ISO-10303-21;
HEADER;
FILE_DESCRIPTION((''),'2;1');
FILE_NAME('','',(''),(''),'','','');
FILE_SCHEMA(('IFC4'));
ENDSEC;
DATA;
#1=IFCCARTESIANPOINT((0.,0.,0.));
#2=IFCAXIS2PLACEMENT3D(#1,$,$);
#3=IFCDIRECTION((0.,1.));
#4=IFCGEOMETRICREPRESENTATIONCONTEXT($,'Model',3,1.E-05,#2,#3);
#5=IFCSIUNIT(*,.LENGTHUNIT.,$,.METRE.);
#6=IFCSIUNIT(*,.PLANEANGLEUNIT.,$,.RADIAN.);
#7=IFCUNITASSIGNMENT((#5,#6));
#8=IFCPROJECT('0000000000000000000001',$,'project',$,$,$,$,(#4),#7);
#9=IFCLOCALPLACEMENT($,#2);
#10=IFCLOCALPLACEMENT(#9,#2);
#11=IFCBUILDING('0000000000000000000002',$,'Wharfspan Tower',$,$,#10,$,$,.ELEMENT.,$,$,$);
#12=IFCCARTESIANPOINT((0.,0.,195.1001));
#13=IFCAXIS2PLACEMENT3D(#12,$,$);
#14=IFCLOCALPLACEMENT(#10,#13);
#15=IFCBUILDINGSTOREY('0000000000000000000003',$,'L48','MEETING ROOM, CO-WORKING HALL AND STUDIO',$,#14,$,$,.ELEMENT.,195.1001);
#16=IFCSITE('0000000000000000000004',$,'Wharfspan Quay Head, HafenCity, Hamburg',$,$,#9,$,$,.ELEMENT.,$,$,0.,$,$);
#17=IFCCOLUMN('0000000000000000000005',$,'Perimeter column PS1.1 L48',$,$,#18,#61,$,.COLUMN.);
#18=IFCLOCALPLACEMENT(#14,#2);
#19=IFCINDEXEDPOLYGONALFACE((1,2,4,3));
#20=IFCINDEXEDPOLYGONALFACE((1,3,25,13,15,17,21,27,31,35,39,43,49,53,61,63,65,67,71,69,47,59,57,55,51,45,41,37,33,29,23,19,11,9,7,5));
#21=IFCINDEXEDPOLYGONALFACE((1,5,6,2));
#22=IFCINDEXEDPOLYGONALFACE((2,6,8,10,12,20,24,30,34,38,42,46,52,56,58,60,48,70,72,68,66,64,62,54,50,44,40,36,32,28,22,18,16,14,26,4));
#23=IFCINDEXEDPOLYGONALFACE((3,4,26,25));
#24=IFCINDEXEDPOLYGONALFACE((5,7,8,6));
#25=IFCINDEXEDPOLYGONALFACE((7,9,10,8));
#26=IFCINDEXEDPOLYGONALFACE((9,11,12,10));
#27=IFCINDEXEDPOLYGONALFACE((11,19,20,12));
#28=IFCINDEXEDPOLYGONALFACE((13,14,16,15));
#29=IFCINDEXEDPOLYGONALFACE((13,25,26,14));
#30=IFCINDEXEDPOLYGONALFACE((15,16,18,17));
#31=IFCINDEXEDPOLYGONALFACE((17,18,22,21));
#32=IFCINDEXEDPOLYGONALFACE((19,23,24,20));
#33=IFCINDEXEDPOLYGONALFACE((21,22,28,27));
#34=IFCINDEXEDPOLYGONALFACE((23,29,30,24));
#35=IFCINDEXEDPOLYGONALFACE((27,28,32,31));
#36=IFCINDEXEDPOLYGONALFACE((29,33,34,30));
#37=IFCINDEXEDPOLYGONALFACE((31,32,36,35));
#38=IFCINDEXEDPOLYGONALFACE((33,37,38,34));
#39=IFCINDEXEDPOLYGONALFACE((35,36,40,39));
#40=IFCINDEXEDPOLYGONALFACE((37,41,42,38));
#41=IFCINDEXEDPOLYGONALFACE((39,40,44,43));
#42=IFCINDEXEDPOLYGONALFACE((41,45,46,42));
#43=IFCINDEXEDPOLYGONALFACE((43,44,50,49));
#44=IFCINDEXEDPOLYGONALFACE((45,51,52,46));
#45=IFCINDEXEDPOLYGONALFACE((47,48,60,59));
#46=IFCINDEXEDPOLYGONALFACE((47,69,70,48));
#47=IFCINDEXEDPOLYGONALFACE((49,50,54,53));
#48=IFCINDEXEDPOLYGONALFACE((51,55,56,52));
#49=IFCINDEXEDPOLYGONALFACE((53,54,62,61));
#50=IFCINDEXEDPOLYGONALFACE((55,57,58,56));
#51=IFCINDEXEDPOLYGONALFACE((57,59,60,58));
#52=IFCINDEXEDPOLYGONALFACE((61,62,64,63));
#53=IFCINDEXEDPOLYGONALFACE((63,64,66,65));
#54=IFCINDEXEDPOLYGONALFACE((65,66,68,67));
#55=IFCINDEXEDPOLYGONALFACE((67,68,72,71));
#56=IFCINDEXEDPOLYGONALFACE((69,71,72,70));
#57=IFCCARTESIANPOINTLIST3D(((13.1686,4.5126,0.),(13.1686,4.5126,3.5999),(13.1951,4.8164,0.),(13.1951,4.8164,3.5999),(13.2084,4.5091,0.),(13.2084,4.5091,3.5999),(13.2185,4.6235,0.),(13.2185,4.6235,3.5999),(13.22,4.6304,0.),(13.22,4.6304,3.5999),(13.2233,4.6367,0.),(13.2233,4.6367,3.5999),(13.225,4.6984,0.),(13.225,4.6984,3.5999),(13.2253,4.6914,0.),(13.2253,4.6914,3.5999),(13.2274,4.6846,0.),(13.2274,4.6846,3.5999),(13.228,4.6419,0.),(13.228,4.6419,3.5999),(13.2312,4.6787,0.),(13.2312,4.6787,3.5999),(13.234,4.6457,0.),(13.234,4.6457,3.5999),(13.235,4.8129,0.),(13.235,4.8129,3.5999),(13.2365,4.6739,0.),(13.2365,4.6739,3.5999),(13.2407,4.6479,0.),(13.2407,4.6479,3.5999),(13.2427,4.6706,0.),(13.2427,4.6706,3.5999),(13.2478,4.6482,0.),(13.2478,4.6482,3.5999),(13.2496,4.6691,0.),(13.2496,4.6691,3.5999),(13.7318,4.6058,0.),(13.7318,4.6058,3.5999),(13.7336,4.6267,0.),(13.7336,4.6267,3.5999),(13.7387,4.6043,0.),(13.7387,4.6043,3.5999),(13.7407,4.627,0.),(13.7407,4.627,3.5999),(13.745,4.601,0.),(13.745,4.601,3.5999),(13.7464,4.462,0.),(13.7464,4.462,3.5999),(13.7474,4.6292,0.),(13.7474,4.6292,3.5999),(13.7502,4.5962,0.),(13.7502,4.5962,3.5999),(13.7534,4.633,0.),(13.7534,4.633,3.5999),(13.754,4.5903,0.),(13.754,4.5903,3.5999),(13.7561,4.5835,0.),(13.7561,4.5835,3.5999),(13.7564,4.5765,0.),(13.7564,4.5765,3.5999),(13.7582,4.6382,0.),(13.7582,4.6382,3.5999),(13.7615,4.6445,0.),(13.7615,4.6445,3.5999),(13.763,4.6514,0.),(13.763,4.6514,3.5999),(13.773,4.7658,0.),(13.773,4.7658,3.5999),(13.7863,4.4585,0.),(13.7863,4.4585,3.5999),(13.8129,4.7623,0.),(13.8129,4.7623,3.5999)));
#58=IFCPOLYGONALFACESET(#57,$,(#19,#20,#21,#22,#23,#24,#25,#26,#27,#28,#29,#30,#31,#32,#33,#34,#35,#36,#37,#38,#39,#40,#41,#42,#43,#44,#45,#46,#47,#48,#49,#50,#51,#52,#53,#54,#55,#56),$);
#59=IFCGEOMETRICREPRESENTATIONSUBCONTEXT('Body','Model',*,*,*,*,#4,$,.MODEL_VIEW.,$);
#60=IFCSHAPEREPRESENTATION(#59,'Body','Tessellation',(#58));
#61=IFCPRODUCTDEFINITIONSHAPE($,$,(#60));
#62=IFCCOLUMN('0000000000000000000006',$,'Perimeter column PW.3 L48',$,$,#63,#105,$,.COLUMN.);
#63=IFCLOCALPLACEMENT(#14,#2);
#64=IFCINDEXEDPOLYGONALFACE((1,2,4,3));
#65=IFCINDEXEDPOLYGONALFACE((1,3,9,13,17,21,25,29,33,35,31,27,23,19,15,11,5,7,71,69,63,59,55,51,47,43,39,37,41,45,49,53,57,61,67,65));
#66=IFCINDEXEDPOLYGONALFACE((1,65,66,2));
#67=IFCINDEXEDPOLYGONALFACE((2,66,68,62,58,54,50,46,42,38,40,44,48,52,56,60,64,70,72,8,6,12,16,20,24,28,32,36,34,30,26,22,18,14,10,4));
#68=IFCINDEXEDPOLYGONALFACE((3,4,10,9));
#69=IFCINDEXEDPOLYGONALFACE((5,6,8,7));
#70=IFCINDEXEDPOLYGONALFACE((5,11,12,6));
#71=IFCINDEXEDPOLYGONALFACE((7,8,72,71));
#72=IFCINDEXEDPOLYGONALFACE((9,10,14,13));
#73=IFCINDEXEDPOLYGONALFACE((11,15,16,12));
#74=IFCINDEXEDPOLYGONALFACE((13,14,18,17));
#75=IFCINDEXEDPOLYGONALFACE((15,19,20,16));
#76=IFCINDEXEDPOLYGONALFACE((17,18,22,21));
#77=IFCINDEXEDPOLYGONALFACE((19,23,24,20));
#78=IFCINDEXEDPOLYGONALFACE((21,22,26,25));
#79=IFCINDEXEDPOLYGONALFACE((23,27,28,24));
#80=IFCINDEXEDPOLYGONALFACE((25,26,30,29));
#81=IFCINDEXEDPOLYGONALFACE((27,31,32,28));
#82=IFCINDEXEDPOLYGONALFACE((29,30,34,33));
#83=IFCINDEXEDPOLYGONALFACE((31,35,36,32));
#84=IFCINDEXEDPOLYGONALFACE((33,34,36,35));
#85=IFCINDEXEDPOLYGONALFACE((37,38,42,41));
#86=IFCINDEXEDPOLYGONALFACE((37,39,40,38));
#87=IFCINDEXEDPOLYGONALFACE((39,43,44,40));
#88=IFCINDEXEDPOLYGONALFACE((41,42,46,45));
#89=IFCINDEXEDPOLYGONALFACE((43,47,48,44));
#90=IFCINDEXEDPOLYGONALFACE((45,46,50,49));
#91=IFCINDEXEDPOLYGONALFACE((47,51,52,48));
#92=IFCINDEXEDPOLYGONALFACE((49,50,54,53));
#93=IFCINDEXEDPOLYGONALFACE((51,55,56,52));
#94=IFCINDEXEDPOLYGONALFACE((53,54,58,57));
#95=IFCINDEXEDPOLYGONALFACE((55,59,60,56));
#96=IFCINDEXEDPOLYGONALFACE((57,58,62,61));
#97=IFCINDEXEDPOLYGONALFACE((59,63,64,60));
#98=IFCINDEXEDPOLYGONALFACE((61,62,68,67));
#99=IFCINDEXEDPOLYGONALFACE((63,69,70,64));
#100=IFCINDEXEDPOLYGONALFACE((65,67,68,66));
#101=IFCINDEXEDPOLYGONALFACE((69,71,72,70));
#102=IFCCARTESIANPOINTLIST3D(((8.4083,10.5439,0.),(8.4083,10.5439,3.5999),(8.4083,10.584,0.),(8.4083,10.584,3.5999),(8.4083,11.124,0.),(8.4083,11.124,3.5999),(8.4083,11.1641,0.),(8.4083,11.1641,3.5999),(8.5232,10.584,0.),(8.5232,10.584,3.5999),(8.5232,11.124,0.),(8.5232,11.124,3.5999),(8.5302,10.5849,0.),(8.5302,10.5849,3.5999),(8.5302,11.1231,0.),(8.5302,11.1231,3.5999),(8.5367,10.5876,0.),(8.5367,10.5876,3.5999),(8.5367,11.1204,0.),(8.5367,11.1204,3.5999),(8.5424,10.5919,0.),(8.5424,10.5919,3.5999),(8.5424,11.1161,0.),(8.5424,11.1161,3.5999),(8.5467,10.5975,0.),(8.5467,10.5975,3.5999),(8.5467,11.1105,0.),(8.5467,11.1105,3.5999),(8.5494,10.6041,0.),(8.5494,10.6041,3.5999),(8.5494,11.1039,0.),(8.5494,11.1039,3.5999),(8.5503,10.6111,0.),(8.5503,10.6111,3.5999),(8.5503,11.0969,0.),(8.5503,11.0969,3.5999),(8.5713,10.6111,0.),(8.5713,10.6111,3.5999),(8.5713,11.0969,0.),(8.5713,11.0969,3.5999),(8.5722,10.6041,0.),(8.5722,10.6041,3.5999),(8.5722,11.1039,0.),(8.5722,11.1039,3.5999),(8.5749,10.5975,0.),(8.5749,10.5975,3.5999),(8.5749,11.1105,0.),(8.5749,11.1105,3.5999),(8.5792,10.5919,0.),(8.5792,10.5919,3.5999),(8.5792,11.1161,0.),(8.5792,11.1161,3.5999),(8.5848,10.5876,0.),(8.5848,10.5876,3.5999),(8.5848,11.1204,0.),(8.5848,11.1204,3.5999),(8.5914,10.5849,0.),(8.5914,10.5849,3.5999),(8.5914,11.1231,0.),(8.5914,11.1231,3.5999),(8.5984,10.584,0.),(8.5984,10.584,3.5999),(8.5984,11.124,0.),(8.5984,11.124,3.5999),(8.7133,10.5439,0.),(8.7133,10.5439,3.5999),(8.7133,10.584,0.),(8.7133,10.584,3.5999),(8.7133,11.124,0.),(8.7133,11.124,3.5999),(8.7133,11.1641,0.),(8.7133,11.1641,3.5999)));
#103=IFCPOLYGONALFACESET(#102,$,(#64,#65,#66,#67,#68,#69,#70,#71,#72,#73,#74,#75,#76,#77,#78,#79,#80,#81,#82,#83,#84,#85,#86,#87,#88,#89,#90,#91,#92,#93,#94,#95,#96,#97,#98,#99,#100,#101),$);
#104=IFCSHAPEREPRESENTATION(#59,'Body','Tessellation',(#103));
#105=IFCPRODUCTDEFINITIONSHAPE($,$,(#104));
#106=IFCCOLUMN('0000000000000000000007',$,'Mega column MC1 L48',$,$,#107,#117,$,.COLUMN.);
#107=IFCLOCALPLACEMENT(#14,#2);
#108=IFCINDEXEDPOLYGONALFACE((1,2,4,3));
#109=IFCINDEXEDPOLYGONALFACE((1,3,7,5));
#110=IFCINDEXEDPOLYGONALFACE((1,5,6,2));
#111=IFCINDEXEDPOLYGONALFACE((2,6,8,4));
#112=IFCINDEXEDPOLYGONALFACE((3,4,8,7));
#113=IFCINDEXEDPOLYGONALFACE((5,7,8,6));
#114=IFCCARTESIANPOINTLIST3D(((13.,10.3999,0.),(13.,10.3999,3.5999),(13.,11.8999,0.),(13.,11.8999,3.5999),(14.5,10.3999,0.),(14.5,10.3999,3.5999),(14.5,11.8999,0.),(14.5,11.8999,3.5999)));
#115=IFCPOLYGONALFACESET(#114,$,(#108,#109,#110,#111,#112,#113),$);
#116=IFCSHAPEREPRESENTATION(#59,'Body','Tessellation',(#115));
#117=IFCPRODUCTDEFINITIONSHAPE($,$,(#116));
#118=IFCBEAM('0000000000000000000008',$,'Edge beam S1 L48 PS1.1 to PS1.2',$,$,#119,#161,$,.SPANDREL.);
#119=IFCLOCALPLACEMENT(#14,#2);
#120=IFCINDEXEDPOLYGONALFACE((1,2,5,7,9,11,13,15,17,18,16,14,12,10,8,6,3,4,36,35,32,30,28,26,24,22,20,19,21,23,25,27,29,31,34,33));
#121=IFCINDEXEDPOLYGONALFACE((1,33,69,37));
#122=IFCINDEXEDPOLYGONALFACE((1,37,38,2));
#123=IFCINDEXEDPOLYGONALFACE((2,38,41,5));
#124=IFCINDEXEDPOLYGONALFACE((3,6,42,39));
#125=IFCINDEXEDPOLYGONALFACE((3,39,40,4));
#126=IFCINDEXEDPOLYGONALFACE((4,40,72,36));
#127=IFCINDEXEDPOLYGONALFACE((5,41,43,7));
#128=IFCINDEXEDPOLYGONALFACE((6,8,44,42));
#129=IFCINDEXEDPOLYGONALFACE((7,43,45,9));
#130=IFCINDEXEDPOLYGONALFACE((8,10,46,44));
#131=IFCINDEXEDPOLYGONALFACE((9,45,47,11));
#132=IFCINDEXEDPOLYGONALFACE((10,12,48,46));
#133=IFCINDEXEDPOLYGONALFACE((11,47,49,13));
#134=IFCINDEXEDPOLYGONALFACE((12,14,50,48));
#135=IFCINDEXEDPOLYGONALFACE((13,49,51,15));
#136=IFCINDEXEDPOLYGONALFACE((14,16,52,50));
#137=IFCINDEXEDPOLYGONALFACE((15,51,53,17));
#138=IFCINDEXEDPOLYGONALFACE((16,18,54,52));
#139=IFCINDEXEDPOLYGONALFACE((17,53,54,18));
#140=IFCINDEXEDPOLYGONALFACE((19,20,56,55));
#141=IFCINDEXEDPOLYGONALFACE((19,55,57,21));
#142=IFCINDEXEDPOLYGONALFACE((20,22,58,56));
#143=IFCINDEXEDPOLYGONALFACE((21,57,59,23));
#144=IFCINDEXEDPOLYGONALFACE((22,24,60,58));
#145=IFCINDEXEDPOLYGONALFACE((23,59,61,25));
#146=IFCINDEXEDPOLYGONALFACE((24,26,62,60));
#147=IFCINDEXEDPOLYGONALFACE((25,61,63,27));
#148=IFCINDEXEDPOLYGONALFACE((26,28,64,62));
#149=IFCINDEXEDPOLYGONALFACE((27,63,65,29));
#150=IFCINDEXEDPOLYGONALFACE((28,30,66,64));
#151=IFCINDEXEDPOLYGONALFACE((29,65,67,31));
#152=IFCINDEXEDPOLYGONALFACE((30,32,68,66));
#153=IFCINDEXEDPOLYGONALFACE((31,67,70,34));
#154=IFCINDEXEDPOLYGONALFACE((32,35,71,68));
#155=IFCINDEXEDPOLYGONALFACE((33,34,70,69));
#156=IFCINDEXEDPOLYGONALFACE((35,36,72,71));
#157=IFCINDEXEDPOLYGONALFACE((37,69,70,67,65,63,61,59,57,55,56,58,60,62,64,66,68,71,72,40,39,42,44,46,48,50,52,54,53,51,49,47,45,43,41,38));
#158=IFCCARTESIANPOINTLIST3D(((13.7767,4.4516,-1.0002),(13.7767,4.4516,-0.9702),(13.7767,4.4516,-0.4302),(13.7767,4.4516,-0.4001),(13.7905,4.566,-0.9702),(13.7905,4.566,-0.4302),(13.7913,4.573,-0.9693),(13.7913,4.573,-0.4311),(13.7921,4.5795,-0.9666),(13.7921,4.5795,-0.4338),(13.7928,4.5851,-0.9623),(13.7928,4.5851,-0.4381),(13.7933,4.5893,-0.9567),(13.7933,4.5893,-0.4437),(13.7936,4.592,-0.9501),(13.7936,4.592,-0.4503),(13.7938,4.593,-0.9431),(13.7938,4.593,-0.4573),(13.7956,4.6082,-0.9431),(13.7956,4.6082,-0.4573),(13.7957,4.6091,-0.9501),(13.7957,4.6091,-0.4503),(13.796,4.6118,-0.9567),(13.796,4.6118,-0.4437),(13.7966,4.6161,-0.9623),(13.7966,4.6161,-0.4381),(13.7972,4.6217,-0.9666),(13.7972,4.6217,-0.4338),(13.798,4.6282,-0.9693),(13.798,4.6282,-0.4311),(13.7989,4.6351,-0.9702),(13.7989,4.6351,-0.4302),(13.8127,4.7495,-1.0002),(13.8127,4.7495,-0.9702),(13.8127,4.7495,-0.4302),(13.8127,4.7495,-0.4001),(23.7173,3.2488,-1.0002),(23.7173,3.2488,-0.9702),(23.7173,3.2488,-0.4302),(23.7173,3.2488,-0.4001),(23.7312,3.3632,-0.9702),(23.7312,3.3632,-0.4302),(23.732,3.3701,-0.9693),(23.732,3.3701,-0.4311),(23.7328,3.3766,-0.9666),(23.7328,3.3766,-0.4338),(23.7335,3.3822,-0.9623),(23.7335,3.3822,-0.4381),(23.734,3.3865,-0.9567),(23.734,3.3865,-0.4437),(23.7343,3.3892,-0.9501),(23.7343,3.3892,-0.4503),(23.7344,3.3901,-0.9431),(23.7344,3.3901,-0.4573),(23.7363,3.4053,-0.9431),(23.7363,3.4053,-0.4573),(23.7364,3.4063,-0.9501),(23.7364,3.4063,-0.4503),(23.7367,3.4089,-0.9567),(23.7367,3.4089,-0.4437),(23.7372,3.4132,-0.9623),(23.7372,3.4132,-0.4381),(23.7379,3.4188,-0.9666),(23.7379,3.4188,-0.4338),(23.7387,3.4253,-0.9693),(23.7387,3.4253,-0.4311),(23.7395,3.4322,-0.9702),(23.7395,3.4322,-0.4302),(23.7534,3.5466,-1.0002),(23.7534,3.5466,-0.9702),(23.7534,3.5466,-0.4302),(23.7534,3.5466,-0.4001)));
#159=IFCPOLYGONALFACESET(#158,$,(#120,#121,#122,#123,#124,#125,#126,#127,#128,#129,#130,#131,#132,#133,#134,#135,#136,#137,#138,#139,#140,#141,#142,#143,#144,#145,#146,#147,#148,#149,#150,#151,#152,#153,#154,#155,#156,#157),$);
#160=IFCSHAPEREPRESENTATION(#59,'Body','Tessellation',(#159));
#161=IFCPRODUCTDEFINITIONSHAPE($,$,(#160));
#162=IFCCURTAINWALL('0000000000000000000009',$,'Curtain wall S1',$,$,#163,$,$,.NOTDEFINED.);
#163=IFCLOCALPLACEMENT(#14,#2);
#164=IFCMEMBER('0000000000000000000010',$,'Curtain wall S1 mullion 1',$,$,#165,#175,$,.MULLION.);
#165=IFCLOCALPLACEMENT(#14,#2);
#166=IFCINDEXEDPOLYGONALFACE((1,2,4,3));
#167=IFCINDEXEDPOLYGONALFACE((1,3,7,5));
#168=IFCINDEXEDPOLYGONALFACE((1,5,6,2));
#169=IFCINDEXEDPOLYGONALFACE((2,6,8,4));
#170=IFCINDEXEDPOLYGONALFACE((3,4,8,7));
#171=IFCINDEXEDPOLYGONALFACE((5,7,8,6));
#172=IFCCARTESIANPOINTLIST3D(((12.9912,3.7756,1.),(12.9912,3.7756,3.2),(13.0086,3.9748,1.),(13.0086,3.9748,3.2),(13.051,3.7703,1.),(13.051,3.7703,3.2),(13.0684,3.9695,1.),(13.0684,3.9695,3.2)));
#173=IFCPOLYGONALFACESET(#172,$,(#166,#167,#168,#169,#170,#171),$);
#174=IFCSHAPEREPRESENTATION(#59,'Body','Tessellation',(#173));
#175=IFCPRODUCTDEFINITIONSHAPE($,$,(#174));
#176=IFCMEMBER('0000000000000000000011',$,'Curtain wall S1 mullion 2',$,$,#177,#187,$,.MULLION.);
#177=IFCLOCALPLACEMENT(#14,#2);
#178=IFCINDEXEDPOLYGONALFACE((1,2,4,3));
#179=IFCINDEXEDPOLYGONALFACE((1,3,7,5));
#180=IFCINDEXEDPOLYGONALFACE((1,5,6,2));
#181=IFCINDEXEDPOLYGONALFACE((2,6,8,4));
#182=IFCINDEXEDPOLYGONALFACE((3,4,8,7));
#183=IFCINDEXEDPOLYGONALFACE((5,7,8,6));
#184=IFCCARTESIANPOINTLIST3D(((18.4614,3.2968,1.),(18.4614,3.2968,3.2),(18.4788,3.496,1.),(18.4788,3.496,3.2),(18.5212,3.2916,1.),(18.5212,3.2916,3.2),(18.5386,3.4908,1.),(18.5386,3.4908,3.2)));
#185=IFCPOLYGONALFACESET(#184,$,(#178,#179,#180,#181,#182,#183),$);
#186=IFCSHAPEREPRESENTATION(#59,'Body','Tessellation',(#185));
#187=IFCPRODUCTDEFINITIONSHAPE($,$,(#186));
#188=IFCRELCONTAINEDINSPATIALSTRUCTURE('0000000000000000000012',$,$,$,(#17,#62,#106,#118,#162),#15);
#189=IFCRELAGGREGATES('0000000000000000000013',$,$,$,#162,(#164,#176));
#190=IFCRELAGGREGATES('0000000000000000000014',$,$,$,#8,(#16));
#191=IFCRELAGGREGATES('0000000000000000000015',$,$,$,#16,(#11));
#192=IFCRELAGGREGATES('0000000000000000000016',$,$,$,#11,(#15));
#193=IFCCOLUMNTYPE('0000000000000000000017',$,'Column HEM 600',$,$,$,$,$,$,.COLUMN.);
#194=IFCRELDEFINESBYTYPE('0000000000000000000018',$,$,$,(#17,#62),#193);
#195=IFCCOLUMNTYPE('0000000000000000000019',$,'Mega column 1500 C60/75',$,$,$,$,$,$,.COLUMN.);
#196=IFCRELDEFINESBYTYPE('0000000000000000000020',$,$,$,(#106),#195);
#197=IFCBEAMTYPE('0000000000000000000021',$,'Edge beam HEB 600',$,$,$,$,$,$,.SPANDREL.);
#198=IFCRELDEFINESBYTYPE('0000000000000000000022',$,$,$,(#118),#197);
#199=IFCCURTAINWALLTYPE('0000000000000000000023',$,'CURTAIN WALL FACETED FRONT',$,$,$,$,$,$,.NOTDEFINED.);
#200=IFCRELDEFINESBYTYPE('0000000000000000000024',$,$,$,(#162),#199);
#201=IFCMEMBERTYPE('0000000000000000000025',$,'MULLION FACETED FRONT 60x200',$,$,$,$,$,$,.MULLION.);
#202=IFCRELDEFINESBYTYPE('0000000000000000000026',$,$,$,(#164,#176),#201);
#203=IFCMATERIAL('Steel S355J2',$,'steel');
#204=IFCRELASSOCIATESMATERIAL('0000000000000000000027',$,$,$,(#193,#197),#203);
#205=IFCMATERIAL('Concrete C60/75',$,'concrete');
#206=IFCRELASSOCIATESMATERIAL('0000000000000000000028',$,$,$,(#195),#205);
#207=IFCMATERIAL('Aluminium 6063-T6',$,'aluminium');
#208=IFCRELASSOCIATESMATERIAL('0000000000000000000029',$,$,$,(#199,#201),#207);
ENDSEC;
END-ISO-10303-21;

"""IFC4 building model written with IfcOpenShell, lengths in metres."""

from ifc_helpers import new_model, si_unit, direction, frame, origin, origin_2d, place, context, subcontext, project, spatial, rectangle, i_section, extrude, material, material_profile, profile_set, type_object, element, aggregate, save


model = new_model("IFC4")

# Units and contexts
model_context = context("Model", 3, precision=1e-05, world=origin(), true_north=direction((0.0, 1.0)))
body_context = subcontext(model_context, "Body", "Model", "MODEL_VIEW")
ifc_project = project(units=[si_unit("LENGTHUNIT", "METRE"), si_unit("PLANEANGLEUNIT", "RADIAN")], contexts=[model_context])

# Site, building, storey
site_placement = place(None, origin())
site = spatial("IfcSite", under=ifc_project, at=site_placement, Name="Wharfspan Quay Head, HafenCity, Hamburg", CompositionType="ELEMENT", RefElevation=0.0)
building_placement = place(site_placement, origin())
building = spatial("IfcBuilding", under=site, at=building_placement, Name="Wharfspan Tower", CompositionType="ELEMENT")
storey_placement = place(building_placement, frame((0.0, 0.0, 195.1001)))
storey = spatial("IfcBuildingStorey", under=building, at=storey_placement, Name="L48", Description="MEETING ROOM, CO-WORKING HALL AND STUDIO", CompositionType="ELEMENT", Elevation=195.1001)

# Columns
ifc_material_1 = material(Name="Steel S355J2", Category="steel")
ifc_material_profile_1 = material_profile(ifc_material_1, i_section(OverallWidth=0.3049, OverallDepth=0.6201, WebThickness=0.021, FlangeThickness=0.04, FilletRadius=0.0271, at=origin_2d()))
ifc_profile_set_1 = profile_set([ifc_material_profile_1], Name="Steel S355J2")
column_type_1 = type_object("IfcColumnType", Name="Column HEM 600", PredefinedType="COLUMN", material=ifc_profile_set_1)
for number, where, z_axis, x_axis, name in (
    (1, (13.4907, 4.6375, 0.0), (0.0, 0.0, 1.0), (-0.087156, -0.996198, 0.0), "Perimeter column PS1.1 L48"),
    (2, (8.5608, 10.854, 0.0), (0.0, 0.0, 1.0), (-1.0, 0.0, 0.0), "Perimeter column PW.3 L48"),
):
    element("IfcColumn", number, at=place(storey_placement, frame(where, z_axis=z_axis, x_axis=x_axis)), inside=storey, type_object=column_type_1, Name=name, PredefinedType="COLUMN", context=body_context, shape_type="SweptSolid", body=[
        extrude(i_section(OverallWidth=0.3049, OverallDepth=0.6201, WebThickness=0.021, FlangeThickness=0.04, FilletRadius=0.0271, at=origin_2d()), origin(), (0.0, 0.0, 1.0), 3.5999),
    ])
ifc_material_2 = material(Name="Concrete C60/75", Category="concrete")
ifc_material_profile_2 = material_profile(ifc_material_2, rectangle(XDim=1.5, YDim=1.5, at=origin_2d()))
ifc_profile_set_2 = profile_set([ifc_material_profile_2], Name="Concrete C60/75")
column_type_2 = type_object("IfcColumnType", Name="Mega column 1500 C60/75", PredefinedType="COLUMN", material=ifc_profile_set_2)
column_placement = place(storey_placement, frame((13.75, 11.1499, 0.0), z_axis=(0.0, 0.0, 1.0), x_axis=(1.0, 0.0, 0.0)))
element("IfcColumn", 3, at=column_placement, inside=storey, type_object=column_type_2, Name="Mega column MC1 L48", PredefinedType="COLUMN", context=body_context, shape_type="SweptSolid", body=[
    extrude(rectangle(XDim=1.5, YDim=1.5, at=origin_2d()), origin(), (0.0, 0.0, 1.0), 3.5999),
])

# Beam
ifc_material_profile_3 = material_profile(ifc_material_1, i_section(OverallWidth=0.3, OverallDepth=0.6001, WebThickness=0.0154, FlangeThickness=0.03, FilletRadius=0.0271, at=origin_2d()))
ifc_profile_set_3 = profile_set([ifc_material_profile_3], Name="Steel S355J2")
beam_type = type_object("IfcBeamType", Name="Edge beam HEB 600", PredefinedType="SPANDREL", material=ifc_profile_set_3)
beam_placement = place(storey_placement, frame((13.7947, 4.6006, -0.7002), z_axis=(0.992758, -0.12013, 0.0), x_axis=(0.12013, 0.992758, 0.0)))
element("IfcBeam", 4, at=beam_placement, inside=storey, type_object=beam_type, Name="Edge beam S1 L48 PS1.1 to PS1.2", PredefinedType="SPANDREL", context=body_context, shape_type="SweptSolid", body=[
    extrude(i_section(OverallWidth=0.3, OverallDepth=0.6001, WebThickness=0.0154, FlangeThickness=0.03, FilletRadius=0.0271, at=origin_2d()), origin(), (0.0, 0.0, 1.0), 10.0132),
])

# Curtain wall, members
ifc_material_3 = material(Name="Aluminium 6063-T6", Category="aluminium")
curtain_wall_type_1 = type_object("IfcCurtainWallType", Name="CURTAIN WALL FACETED FRONT", PredefinedType="NOTDEFINED", material=ifc_material_3)
curtain_wall_1_placement = place(storey_placement, origin())
curtain_wall_1 = element("IfcCurtainWall", 5, at=curtain_wall_1_placement, inside=storey, type_object=curtain_wall_type_1, Name="Curtain wall S1", PredefinedType="NOTDEFINED")
ifc_material_profile_4 = material_profile(ifc_material_3, rectangle(XDim=0.2, YDim=0.0601, at=origin_2d()))
ifc_profile_set_4 = profile_set([ifc_material_profile_4], Name="Aluminium 6063-T6")
member_type_1 = type_object("IfcMemberType", Name="MULLION FACETED FRONT 60x200", PredefinedType="MULLION", material=ifc_profile_set_4)
member_1_placement = place(storey_placement, frame((13.0298, 3.8726, 1.0), z_axis=(0.0, 0.0, 1.0), x_axis=(0.087156, 0.996198, 0.0)))
member_1 = element("IfcMember", 6, at=member_1_placement, type_object=member_type_1, Name="Curtain wall S1 mullion 1", PredefinedType="MULLION", context=body_context, shape_type="SweptSolid", body=[
    extrude(rectangle(XDim=0.2, YDim=0.0601, at=origin_2d()), origin(), (0.0, 0.0, 1.0), 2.2),
])
member_2_placement = place(storey_placement, frame((18.5, 3.3938, 1.0), z_axis=(0.0, 0.0, 1.0), x_axis=(0.087156, 0.996198, 0.0)))
member_2 = element("IfcMember", 7, at=member_2_placement, type_object=member_type_1, Name="Curtain wall S1 mullion 2", PredefinedType="MULLION", context=body_context, shape_type="SweptSolid", body=[
    extrude(rectangle(XDim=0.2, YDim=0.0601, at=origin_2d()), origin(), (0.0, 0.0, 1.0), 2.2),
])

aggregate(curtain_wall_1, [member_1, member_2])

save(model, "model.ifc")
